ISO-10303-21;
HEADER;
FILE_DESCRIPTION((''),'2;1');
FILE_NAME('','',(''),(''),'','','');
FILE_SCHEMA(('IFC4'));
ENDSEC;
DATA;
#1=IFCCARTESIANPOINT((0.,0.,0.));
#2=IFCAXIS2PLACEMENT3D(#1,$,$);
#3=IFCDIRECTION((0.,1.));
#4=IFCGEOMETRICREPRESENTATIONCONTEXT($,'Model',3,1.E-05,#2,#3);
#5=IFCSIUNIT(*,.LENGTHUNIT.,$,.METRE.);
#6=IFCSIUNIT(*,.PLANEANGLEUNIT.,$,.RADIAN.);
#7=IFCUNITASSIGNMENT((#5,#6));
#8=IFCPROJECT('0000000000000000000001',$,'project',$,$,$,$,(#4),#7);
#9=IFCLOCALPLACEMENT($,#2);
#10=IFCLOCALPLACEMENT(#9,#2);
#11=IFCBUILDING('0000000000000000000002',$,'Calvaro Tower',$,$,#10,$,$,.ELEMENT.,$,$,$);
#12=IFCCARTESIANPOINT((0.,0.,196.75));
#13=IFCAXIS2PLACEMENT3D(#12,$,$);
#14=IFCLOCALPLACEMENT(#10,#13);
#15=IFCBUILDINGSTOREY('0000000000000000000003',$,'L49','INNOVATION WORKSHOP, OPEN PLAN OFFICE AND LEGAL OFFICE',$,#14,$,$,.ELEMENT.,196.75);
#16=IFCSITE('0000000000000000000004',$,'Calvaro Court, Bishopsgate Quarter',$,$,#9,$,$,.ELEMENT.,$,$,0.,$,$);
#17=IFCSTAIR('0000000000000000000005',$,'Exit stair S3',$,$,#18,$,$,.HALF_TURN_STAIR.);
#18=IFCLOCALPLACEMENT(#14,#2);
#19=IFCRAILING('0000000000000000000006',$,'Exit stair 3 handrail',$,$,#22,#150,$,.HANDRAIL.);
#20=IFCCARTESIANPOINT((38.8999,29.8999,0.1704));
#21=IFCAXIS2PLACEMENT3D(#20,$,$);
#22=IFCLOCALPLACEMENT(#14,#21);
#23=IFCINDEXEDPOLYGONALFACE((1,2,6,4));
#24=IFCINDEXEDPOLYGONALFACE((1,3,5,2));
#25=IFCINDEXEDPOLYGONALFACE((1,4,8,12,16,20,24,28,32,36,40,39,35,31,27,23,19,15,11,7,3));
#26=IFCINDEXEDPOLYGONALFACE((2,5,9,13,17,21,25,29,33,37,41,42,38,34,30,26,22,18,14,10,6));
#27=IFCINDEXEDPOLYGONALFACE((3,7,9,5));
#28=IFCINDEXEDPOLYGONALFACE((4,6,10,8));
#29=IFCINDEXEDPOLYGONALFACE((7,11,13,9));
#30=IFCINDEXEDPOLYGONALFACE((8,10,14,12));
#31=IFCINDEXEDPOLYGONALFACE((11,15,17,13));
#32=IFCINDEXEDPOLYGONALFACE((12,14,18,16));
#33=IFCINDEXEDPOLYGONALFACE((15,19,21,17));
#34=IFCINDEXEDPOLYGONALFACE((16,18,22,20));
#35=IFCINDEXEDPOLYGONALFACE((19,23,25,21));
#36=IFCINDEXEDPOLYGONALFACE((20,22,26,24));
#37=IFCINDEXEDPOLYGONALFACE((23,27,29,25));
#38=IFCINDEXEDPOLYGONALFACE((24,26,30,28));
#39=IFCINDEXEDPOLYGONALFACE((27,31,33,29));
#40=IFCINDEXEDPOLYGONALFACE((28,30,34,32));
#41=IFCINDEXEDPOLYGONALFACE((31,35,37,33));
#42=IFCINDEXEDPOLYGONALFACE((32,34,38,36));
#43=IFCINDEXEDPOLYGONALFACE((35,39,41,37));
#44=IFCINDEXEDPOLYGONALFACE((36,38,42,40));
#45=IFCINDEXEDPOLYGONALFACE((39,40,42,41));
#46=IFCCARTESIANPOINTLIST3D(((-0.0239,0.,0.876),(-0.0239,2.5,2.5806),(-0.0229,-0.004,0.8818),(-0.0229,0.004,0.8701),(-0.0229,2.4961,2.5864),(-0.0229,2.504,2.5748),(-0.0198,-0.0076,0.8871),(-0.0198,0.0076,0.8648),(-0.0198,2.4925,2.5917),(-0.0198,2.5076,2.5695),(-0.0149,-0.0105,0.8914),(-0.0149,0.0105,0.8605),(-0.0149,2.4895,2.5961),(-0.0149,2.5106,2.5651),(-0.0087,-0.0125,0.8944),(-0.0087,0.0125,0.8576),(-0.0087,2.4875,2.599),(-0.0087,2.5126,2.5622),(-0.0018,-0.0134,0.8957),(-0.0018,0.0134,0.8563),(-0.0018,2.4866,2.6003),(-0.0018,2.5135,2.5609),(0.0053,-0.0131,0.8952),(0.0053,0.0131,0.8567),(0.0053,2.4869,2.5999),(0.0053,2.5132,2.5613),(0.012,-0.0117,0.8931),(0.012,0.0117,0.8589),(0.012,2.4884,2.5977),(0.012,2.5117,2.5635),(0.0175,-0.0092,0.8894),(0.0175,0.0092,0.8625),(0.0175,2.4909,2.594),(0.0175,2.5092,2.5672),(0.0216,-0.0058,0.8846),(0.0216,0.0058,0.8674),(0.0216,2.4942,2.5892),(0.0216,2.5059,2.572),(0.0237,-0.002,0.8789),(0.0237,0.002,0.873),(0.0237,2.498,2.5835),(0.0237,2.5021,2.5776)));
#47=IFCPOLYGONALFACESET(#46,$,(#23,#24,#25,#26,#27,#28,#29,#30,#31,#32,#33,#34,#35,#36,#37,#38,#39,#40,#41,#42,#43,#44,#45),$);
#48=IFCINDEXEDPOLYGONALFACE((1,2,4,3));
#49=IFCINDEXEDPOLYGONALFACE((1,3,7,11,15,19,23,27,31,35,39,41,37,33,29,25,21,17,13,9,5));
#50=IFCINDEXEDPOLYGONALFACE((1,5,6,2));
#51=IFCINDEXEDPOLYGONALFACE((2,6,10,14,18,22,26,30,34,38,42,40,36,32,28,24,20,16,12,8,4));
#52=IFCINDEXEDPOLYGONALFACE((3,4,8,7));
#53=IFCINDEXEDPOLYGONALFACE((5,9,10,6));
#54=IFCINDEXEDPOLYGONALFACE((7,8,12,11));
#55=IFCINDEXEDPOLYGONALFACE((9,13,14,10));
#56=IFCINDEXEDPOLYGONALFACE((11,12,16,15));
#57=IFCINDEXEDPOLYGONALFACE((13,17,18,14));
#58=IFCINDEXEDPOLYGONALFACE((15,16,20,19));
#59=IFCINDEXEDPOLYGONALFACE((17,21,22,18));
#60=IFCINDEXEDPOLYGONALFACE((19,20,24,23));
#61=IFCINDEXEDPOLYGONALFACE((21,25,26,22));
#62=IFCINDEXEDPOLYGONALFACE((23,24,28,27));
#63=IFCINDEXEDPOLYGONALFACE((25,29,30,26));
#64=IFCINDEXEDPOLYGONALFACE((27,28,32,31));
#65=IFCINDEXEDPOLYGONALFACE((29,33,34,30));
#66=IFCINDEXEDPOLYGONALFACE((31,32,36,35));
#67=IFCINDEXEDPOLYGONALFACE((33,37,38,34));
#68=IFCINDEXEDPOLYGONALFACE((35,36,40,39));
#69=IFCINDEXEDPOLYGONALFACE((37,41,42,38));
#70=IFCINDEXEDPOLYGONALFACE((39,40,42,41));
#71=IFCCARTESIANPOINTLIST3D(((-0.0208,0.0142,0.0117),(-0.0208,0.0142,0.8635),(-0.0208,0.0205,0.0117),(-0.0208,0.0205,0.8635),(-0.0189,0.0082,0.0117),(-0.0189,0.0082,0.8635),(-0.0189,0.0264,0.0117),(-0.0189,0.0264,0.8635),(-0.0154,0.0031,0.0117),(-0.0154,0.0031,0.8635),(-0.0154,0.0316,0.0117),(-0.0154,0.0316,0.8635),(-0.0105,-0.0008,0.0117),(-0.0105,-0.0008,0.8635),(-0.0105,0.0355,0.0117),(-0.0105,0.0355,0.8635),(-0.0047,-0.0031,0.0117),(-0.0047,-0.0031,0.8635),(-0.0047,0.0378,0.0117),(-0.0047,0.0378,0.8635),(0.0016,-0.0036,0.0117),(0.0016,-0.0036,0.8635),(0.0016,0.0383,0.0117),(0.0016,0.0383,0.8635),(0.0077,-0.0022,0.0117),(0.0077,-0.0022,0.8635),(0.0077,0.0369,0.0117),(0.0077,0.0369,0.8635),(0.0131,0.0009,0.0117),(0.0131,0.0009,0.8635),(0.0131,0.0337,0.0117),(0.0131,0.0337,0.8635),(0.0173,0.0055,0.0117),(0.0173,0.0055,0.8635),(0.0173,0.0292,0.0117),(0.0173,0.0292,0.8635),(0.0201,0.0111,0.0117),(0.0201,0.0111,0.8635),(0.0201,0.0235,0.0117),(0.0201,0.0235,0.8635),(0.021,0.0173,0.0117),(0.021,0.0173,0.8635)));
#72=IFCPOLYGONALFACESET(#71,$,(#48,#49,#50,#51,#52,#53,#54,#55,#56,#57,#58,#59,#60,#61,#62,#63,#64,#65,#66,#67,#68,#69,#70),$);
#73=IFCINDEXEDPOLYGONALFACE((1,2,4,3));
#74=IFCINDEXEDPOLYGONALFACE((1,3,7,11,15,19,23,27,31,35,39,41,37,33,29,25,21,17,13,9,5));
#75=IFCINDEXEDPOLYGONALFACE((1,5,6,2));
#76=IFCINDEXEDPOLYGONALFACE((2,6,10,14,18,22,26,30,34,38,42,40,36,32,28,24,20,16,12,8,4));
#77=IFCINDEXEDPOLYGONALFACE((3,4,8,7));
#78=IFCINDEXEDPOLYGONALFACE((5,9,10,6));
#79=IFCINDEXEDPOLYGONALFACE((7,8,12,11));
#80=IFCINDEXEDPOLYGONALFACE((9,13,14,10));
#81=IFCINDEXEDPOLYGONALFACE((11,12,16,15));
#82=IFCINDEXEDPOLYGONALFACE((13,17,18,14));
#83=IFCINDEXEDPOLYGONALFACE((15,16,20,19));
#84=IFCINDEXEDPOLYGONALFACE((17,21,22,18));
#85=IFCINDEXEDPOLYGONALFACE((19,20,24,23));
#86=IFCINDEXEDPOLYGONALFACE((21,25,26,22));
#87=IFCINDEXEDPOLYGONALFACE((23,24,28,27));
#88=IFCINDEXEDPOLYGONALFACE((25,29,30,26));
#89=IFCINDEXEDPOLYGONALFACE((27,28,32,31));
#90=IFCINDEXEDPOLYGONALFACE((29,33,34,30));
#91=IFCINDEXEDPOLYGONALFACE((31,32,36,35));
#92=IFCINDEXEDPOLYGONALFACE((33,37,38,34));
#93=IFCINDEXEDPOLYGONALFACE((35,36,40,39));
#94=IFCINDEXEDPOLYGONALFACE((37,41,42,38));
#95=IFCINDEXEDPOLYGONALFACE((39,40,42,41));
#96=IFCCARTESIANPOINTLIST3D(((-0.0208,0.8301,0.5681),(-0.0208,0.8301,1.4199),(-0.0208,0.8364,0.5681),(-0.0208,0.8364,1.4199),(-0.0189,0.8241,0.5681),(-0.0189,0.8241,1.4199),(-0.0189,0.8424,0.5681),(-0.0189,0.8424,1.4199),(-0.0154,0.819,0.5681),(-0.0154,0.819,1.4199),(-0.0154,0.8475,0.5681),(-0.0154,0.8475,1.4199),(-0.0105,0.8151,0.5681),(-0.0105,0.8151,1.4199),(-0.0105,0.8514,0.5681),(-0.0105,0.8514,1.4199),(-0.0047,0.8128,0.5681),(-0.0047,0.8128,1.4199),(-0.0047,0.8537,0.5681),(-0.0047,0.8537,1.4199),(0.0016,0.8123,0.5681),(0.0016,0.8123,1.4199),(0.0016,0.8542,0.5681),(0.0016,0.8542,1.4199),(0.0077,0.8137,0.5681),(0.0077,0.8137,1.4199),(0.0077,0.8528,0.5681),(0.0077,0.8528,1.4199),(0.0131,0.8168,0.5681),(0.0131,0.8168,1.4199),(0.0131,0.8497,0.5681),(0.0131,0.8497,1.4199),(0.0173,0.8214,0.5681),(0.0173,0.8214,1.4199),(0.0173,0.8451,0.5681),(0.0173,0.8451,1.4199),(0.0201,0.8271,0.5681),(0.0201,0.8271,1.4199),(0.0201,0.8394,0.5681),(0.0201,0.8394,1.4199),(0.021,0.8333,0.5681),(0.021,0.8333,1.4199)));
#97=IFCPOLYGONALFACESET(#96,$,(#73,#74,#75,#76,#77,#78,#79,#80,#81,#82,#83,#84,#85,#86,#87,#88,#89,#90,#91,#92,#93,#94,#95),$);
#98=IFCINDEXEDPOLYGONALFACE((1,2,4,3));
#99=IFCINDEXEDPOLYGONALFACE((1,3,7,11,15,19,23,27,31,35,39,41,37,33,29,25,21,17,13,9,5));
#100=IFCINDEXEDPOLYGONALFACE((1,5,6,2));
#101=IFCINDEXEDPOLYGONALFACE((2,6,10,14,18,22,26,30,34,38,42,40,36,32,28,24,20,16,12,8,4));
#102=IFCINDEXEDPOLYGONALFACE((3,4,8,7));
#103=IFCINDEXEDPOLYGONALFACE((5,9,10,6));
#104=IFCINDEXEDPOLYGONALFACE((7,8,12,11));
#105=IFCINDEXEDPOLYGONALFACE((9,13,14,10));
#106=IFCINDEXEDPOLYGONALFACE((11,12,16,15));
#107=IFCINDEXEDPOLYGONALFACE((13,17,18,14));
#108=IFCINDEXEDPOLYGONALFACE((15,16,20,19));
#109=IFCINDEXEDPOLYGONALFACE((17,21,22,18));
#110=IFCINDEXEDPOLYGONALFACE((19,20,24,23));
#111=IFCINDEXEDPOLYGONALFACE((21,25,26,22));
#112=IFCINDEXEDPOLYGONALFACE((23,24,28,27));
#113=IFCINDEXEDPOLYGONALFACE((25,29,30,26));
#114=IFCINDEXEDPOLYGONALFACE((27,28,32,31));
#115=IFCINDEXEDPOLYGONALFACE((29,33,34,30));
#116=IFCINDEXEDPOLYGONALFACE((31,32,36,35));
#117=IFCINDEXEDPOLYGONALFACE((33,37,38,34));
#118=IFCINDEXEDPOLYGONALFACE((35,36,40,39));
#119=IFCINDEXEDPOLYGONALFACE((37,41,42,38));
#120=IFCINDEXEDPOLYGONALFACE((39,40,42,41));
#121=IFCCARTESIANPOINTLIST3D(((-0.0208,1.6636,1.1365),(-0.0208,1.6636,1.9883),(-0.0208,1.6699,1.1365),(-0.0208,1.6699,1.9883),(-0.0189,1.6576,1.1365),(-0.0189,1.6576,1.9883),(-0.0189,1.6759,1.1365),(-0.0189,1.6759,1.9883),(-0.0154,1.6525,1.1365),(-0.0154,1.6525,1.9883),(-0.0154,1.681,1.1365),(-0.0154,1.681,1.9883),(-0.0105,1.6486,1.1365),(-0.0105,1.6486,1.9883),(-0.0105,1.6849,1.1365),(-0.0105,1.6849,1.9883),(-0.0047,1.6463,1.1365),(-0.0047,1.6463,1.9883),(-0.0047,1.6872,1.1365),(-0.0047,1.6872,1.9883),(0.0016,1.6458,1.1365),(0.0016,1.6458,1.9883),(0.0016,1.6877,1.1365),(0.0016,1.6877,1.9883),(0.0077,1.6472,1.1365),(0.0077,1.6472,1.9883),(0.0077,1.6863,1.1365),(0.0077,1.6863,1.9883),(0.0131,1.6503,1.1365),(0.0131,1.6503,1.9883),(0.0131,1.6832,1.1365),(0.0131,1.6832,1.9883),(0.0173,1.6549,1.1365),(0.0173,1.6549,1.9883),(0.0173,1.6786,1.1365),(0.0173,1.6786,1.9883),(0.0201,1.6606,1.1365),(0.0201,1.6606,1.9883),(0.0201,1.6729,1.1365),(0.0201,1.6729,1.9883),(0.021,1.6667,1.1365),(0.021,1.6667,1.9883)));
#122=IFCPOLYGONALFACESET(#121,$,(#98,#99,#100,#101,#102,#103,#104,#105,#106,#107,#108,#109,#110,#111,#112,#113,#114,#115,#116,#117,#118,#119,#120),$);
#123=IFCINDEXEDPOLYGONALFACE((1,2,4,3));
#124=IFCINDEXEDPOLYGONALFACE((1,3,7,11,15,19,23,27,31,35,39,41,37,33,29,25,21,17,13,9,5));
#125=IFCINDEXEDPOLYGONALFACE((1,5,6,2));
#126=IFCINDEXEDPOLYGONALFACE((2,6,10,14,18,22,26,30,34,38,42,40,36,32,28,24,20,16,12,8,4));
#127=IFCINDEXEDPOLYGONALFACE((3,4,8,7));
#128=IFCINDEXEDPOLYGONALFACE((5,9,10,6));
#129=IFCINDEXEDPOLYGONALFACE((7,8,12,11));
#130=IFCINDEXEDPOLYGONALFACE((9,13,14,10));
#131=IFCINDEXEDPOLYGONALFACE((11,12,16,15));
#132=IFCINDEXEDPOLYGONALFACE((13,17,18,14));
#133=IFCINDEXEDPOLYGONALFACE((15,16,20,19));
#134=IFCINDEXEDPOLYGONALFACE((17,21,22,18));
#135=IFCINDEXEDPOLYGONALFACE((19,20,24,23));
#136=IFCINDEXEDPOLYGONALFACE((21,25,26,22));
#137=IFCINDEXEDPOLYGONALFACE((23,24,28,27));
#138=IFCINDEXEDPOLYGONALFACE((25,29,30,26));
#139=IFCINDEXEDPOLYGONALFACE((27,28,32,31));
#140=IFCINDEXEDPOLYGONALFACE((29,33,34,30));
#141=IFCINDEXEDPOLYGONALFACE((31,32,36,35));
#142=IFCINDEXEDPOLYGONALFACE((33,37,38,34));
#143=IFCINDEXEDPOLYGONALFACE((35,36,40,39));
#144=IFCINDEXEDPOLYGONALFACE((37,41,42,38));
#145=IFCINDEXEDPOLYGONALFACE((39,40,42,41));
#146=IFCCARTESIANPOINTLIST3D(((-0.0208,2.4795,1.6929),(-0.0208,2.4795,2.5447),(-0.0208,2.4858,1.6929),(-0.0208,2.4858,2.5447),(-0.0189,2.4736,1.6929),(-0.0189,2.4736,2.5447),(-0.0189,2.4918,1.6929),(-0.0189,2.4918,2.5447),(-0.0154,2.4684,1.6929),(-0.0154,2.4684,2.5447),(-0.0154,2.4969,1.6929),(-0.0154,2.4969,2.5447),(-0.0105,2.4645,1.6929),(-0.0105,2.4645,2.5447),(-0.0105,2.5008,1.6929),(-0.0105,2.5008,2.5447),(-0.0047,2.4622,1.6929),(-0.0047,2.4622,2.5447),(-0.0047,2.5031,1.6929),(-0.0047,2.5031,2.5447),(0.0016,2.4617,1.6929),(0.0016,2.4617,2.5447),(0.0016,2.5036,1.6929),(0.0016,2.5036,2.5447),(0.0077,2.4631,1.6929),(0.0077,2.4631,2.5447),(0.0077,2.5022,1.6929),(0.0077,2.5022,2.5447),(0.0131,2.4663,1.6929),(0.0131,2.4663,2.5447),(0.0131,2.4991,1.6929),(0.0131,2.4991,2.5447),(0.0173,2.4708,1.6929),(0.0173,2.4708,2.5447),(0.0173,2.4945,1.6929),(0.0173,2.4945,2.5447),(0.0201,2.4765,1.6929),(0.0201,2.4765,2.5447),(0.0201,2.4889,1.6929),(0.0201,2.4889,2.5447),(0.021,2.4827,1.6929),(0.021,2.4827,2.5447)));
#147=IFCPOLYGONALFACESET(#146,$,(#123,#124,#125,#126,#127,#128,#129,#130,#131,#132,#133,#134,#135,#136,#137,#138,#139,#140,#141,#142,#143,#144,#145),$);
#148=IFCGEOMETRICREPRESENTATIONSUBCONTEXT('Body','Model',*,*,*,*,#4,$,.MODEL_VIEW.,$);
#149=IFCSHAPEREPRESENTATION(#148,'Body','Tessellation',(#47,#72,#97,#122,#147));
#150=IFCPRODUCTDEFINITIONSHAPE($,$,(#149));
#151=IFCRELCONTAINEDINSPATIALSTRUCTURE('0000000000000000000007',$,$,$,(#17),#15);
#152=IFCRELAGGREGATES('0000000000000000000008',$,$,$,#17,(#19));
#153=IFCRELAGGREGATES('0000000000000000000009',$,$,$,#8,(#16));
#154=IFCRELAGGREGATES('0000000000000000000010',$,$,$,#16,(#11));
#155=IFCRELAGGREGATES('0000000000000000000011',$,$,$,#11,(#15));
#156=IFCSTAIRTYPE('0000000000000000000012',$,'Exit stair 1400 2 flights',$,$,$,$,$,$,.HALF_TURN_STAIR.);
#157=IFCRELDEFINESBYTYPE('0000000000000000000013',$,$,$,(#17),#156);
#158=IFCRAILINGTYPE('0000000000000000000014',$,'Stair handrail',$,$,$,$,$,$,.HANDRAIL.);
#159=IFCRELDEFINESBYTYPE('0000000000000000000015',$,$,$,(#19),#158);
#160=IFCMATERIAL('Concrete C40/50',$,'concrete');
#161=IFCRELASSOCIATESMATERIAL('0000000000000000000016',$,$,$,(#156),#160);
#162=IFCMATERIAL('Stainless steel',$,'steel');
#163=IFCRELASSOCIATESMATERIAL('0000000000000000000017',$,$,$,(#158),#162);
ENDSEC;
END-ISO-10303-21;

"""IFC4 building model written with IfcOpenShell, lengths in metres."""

from ifc_helpers import new_model, si_unit, direction, frame, origin, origin_2d, place, context, subcontext, project, spatial, circle, extrude, material, type_object, element, aggregate, save


model = new_model("IFC4")

# Units and contexts
model_context = context("Model", 3, precision=1e-05, world=origin(), true_north=direction((0.0, 1.0)))
body_context = subcontext(model_context, "Body", "Model", "MODEL_VIEW")
ifc_project = project(units=[si_unit("LENGTHUNIT", "METRE"), si_unit("PLANEANGLEUNIT", "RADIAN")], contexts=[model_context])

# Site, building, storey
site_placement = place(None, origin())
site = spatial("IfcSite", under=ifc_project, at=site_placement, Name="Calvaro Court, Bishopsgate Quarter", CompositionType="ELEMENT", RefElevation=0.0)
building_placement = place(site_placement, origin())
building = spatial("IfcBuilding", under=site, at=building_placement, Name="Calvaro Tower", CompositionType="ELEMENT")
storey_placement = place(building_placement, frame((0.0, 0.0, 196.75)))
storey = spatial("IfcBuildingStorey", under=building, at=storey_placement, Name="L49", Description="INNOVATION WORKSHOP, OPEN PLAN OFFICE AND LEGAL OFFICE", CompositionType="ELEMENT", Elevation=196.75)

# Stair, railing
ifc_material_1 = material(Name="Concrete C40/50", Category="concrete")
stair_type = type_object("IfcStairType", Name="Exit stair 1400 2 flights", PredefinedType="HALF_TURN_STAIR", material=ifc_material_1)
stair_placement = place(storey_placement, origin())
stair = element("IfcStair", 1, at=stair_placement, inside=storey, type_object=stair_type, Name="Exit stair S3", PredefinedType="HALF_TURN_STAIR")
ifc_material_2 = material(Name="Stainless steel", Category="steel")
railing_type = type_object("IfcRailingType", Name="Stair handrail", PredefinedType="HANDRAIL", material=ifc_material_2)
railing_1_placement = place(storey_placement, frame((38.8999, 29.8999, 0.1704)))
railing_1 = element("IfcRailing", 2, at=railing_1_placement, type_object=railing_type, Name="Exit stair 3 handrail", PredefinedType="HANDRAIL", context=body_context, shape_type="SweptSolid", body=[
    extrude(circle(Radius=0.0239, at=origin_2d()), frame((0.0, 0.0, 0.876), z_axis=(0.0, 0.826221, 0.563347), x_axis=(-1.0, 0.0, 0.0)), (0.0, 0.0, 1.0), 3.0259),
    extrude(circle(Radius=0.021, at=origin_2d()), frame((0.0, 0.0173, 0.0117)), (0.0, 0.0, 1.0), 0.8518),
    extrude(circle(Radius=0.021, at=origin_2d()), frame((0.0, 0.8333, 0.5681)), (0.0, 0.0, 1.0), 0.8518),
    extrude(circle(Radius=0.021, at=origin_2d()), frame((0.0, 1.6667, 1.1365)), (0.0, 0.0, 1.0), 0.8518),
    extrude(circle(Radius=0.021, at=origin_2d()), frame((0.0, 2.4827, 1.6929)), (0.0, 0.0, 1.0), 0.8518),
])
aggregate(stair, [railing_1])

save(model, "model.ifc")
